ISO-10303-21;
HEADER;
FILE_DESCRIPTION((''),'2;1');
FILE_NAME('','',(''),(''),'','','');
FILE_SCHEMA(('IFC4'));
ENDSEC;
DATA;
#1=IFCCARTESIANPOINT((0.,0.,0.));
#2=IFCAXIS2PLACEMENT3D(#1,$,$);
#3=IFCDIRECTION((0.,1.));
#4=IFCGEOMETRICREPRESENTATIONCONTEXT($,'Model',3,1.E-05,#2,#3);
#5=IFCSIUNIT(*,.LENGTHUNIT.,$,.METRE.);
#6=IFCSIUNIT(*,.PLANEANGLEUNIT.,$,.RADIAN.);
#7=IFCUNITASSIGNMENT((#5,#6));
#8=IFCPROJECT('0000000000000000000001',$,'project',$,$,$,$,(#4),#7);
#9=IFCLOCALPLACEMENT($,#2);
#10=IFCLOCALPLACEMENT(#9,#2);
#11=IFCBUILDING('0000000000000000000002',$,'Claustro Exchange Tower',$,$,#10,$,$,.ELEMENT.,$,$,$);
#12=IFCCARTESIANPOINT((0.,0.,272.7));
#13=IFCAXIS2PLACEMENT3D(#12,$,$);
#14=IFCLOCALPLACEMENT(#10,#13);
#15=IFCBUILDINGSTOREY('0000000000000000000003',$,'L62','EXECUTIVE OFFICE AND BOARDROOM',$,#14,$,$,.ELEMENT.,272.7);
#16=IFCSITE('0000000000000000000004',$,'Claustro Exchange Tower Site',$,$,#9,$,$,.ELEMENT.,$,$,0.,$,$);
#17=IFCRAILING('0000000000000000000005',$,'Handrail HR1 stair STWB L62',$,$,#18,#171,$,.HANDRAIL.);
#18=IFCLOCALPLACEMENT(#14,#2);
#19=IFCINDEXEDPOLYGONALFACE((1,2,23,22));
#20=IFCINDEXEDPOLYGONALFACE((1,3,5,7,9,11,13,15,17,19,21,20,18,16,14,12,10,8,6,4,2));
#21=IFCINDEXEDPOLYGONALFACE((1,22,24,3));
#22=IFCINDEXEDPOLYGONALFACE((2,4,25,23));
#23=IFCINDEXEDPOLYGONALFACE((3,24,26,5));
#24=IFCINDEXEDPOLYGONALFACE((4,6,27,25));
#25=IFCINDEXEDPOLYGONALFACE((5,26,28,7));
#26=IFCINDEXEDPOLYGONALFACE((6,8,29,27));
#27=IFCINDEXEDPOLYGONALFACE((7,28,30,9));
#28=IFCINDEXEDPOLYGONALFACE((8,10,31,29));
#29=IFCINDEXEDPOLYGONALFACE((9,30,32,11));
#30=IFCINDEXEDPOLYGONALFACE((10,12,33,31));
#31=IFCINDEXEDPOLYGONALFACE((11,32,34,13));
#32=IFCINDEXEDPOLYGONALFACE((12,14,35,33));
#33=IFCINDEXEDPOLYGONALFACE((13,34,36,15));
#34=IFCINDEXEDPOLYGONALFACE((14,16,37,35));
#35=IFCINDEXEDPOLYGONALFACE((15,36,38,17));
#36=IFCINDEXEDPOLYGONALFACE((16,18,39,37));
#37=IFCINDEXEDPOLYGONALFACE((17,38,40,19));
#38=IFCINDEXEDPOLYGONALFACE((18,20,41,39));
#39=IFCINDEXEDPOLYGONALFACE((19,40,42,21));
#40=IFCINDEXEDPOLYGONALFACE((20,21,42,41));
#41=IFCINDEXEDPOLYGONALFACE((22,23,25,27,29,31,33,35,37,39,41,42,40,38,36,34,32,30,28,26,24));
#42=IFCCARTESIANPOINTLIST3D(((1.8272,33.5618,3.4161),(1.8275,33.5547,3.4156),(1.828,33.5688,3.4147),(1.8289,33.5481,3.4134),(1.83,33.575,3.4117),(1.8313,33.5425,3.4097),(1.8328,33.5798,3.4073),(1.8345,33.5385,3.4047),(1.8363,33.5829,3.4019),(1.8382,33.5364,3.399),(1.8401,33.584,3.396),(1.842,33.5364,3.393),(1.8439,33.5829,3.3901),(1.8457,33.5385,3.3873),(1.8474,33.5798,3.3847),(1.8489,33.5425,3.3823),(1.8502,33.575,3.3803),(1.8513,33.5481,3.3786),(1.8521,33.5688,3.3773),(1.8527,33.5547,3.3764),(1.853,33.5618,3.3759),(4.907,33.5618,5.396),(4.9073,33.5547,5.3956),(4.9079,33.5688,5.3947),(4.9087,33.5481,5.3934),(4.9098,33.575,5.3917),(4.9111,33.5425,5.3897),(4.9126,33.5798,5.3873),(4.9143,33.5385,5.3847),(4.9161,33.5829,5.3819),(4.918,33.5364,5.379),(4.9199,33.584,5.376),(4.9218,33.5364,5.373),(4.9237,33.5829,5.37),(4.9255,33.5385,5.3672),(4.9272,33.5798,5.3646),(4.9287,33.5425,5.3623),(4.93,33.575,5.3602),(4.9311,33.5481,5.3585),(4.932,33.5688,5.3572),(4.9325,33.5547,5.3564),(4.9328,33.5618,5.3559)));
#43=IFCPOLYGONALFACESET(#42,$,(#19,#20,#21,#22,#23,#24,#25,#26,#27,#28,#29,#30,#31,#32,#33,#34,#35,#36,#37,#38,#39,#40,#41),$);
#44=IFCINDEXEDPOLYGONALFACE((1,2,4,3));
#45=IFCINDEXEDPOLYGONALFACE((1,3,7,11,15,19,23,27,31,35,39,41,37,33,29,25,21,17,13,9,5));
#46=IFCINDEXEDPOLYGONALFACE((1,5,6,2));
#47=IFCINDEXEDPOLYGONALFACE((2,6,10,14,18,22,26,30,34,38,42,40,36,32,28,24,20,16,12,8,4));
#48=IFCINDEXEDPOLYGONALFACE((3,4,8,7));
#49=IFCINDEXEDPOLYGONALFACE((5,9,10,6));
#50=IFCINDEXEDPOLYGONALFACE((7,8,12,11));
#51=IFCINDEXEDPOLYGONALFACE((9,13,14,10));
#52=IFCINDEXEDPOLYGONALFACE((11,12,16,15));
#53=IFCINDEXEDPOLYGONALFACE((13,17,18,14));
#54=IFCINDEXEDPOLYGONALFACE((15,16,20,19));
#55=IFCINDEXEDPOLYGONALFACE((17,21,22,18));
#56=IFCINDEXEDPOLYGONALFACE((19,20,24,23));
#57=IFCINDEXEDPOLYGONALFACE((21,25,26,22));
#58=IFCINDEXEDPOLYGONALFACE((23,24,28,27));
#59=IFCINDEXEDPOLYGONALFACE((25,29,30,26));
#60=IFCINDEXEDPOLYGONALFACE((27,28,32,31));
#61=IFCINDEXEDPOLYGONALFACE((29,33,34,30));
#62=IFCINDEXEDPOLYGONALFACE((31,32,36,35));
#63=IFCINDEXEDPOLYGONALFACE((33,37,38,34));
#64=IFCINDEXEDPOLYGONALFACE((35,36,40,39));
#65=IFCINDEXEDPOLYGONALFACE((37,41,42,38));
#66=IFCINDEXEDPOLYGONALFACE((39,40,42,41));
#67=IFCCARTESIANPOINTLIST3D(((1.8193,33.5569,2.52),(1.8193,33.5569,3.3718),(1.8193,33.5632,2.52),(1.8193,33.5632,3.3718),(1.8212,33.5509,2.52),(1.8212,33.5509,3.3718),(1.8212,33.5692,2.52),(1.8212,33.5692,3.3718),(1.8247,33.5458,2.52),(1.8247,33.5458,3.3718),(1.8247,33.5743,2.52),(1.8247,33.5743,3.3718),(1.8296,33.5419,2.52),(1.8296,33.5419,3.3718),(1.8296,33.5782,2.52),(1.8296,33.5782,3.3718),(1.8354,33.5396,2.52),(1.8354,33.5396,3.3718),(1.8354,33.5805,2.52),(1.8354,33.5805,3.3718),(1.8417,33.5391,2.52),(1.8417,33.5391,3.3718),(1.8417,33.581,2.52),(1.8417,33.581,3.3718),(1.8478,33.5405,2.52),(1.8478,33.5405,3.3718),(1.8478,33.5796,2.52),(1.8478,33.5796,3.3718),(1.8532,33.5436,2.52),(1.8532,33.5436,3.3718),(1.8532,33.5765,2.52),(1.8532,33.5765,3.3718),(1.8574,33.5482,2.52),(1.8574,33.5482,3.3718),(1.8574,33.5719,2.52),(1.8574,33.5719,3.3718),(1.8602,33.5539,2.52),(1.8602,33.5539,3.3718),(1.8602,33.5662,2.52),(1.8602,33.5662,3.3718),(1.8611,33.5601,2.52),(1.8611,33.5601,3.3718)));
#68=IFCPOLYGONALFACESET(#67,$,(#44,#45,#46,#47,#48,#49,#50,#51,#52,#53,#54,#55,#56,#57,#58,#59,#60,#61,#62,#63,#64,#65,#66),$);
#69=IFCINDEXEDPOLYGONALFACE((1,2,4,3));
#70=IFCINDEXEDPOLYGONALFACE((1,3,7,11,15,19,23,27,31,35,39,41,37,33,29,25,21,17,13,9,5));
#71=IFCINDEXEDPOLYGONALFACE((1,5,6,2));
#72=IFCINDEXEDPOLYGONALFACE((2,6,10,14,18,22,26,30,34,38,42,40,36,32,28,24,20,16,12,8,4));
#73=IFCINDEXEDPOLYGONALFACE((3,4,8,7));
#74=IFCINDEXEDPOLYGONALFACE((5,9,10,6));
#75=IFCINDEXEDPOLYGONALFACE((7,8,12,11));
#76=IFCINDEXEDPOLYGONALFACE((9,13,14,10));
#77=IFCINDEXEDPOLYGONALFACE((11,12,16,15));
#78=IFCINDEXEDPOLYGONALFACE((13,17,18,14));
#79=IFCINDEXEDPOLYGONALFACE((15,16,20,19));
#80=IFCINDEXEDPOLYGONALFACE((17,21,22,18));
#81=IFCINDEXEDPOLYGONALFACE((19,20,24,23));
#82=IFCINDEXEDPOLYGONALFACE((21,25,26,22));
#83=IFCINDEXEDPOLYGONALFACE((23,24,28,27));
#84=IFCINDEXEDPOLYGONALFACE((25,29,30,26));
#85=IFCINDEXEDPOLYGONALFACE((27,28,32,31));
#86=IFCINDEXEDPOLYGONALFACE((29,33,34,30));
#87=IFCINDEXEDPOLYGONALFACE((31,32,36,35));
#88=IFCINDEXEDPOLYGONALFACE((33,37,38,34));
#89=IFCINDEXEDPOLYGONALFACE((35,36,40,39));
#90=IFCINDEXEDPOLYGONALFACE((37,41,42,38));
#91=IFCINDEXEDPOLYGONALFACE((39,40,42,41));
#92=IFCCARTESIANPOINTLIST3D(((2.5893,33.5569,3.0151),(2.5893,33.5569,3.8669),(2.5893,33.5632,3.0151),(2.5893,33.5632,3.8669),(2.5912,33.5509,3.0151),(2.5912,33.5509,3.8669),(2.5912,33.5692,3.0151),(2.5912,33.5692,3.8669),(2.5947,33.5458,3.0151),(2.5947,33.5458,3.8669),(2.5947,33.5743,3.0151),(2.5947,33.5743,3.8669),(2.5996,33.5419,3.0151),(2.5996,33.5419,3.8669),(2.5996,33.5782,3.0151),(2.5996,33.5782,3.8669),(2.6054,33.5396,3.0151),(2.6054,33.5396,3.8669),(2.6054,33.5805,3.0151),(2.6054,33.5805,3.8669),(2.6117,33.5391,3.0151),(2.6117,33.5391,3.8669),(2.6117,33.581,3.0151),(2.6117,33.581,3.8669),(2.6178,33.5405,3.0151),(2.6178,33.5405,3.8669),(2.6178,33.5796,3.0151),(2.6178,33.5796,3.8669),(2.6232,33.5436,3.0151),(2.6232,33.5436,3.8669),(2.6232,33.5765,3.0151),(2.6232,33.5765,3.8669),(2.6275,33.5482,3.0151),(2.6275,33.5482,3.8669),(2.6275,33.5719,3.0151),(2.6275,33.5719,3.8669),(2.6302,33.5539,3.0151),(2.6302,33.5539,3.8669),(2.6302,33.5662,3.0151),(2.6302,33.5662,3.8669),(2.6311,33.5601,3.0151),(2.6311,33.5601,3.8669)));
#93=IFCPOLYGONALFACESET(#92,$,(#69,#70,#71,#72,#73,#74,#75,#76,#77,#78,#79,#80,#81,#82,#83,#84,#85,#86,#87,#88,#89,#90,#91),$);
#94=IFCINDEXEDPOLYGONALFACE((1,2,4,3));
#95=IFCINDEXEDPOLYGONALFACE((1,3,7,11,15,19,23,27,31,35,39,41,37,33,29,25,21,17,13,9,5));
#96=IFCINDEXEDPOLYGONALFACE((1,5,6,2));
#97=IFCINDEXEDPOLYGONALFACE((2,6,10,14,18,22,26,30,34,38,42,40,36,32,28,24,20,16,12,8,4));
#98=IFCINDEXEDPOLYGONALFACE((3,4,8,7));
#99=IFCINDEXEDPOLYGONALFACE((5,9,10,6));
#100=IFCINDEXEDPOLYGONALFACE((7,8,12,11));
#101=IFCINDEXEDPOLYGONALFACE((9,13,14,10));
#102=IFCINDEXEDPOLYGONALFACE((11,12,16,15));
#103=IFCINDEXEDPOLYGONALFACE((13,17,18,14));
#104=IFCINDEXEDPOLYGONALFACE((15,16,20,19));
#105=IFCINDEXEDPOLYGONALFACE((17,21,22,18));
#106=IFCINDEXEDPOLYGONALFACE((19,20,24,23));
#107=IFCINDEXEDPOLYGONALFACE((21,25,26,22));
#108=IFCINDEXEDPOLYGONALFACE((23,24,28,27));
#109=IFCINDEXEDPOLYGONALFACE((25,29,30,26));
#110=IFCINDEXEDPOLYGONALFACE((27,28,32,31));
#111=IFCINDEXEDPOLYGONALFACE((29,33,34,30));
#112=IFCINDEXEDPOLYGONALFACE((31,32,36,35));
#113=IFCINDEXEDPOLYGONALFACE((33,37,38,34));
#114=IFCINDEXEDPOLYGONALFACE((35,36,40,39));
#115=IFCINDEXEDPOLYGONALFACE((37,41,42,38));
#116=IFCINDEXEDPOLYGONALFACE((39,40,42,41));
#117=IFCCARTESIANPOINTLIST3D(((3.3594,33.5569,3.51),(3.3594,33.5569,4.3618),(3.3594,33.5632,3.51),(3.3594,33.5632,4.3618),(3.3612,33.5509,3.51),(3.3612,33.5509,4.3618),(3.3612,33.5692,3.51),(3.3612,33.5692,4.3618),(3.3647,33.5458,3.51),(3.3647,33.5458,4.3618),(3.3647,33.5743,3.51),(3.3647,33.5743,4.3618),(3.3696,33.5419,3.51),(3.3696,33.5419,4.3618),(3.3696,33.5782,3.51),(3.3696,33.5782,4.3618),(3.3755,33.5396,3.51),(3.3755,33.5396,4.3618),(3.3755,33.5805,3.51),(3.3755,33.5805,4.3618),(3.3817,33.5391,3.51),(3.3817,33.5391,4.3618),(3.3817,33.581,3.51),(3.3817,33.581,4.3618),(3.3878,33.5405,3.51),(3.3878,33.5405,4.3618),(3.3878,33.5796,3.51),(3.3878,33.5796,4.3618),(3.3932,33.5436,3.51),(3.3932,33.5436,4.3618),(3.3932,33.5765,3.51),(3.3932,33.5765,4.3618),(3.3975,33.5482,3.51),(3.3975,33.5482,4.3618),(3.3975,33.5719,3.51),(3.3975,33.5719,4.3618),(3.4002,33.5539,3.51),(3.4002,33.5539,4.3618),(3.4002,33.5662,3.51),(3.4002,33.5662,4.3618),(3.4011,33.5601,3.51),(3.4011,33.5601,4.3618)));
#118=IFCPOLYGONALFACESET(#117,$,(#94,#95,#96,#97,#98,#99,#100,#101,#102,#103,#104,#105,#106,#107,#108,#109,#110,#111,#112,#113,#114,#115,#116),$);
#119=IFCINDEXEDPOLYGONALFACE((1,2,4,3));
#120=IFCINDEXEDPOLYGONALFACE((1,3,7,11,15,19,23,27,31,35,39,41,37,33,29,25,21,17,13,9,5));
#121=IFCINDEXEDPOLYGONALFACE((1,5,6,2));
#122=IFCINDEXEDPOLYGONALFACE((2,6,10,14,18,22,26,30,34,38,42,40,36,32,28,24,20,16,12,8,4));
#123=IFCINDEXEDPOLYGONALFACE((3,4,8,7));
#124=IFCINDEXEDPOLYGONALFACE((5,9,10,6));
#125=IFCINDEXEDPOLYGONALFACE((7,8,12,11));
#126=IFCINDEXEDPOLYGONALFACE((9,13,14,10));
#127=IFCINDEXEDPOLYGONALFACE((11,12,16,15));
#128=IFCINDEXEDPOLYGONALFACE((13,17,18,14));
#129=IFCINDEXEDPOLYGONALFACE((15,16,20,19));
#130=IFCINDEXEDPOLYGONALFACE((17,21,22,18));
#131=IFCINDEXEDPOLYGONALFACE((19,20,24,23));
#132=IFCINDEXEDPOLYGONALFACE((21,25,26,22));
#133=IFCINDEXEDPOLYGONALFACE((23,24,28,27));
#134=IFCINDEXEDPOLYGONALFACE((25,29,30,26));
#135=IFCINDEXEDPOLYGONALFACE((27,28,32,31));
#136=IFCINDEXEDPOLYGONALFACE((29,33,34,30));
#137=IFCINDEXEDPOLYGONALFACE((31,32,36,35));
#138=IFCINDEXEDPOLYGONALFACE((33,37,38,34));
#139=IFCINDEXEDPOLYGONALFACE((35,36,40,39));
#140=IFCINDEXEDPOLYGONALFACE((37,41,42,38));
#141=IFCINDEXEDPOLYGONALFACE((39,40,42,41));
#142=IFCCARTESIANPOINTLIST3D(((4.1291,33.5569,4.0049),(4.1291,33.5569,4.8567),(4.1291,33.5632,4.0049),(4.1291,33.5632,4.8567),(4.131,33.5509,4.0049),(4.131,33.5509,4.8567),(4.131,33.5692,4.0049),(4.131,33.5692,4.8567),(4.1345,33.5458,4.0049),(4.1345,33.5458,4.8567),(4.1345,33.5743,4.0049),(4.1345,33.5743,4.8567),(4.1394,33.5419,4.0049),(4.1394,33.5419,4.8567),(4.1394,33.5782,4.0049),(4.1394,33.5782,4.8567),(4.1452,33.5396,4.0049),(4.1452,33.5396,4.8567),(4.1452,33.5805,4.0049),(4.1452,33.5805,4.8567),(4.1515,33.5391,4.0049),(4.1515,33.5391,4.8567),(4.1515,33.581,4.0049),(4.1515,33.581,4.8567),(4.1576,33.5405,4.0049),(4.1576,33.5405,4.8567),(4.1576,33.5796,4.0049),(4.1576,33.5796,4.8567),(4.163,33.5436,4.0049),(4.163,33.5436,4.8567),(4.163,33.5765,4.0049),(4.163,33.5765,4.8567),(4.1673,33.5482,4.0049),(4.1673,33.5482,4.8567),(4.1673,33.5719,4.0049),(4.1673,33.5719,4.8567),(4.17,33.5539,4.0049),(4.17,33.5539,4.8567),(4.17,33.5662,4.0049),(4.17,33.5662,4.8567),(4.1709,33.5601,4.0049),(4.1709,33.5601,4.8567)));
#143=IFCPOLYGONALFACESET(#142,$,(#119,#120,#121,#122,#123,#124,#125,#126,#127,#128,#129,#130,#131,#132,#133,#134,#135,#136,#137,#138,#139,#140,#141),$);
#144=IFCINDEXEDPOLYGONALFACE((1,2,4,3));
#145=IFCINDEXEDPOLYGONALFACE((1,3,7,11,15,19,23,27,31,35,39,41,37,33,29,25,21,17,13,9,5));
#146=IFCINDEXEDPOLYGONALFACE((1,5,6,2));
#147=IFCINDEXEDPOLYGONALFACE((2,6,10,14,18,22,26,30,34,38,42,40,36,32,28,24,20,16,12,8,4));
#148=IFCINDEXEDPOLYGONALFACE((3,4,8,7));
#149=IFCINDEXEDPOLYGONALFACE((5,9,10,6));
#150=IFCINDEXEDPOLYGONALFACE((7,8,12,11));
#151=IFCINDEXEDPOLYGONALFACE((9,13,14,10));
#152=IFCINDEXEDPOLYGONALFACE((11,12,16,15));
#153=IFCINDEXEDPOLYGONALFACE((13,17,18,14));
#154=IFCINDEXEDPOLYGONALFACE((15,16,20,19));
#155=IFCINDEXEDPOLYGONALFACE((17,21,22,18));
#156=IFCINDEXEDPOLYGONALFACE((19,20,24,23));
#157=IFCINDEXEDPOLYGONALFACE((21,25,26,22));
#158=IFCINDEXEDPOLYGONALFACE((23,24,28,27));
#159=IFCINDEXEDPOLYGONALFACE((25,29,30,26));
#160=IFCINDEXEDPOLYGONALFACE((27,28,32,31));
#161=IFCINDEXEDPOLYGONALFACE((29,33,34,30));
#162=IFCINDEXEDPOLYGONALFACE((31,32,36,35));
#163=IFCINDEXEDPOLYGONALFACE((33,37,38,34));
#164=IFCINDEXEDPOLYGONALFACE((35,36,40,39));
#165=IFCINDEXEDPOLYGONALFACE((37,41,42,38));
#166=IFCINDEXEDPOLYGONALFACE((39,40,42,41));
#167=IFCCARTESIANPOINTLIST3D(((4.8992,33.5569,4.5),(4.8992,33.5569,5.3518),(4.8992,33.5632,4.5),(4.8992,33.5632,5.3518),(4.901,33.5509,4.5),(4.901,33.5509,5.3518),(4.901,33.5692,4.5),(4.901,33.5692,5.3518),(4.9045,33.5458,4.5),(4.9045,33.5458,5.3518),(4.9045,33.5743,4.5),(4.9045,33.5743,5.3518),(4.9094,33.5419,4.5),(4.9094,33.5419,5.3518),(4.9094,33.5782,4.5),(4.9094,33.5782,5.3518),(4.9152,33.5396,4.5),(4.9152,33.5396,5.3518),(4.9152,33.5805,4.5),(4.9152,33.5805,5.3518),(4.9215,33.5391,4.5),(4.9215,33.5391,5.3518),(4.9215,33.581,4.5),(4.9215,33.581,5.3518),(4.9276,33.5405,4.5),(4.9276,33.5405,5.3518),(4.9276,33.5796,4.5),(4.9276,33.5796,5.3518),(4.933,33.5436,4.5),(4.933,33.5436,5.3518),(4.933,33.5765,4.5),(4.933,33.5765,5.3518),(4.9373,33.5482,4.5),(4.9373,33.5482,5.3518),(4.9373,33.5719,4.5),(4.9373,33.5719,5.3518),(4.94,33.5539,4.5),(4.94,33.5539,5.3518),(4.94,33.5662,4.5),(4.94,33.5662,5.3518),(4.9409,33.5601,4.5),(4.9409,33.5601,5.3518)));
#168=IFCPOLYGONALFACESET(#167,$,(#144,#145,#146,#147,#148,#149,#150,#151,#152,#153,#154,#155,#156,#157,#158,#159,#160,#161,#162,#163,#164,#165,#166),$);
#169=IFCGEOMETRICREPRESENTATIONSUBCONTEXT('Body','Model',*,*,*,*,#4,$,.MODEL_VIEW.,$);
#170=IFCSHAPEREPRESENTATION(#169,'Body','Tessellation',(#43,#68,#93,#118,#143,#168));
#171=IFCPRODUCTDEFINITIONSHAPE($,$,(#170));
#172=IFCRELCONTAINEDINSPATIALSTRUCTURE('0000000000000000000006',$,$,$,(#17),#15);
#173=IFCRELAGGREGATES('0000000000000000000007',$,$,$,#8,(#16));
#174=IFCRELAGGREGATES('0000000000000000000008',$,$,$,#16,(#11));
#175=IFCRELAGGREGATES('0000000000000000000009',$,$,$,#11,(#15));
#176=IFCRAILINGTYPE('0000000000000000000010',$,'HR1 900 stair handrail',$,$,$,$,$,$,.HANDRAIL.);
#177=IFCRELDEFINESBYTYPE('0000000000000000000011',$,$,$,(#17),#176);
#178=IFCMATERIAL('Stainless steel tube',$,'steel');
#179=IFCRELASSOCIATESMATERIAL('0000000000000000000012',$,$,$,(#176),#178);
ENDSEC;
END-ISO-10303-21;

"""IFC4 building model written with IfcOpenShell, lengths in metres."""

from ifc_helpers import new_model, si_unit, direction, frame, origin, origin_2d, place, context, subcontext, project, spatial, circle, extrude, material, type_object, element, save


model = new_model("IFC4")

# Units and contexts
model_context = context("Model", 3, precision=1e-05, world=origin(), true_north=direction((0.0, 1.0)))
body_context = subcontext(model_context, "Body", "Model", "MODEL_VIEW")
ifc_project = project(units=[si_unit("LENGTHUNIT", "METRE"), si_unit("PLANEANGLEUNIT", "RADIAN")], contexts=[model_context])

# Site, building, storey
site_placement = place(None, origin())
site = spatial("IfcSite", under=ifc_project, at=site_placement, Name="Claustro Exchange Tower Site", CompositionType="ELEMENT", RefElevation=0.0)
building_placement = place(site_placement, origin())
building = spatial("IfcBuilding", under=site, at=building_placement, Name="Claustro Exchange Tower", CompositionType="ELEMENT")
storey_placement = place(building_placement, frame((0.0, 0.0, 272.7)))
storey = spatial("IfcBuildingStorey", under=building, at=storey_placement, Name="L62", Description="EXECUTIVE OFFICE AND BOARDROOM", CompositionType="ELEMENT", Elevation=272.7)

# Railing
ifc_material_1 = material(Name="Stainless steel tube", Category="steel")
railing_type_1 = type_object("IfcRailingType", Name="HR1 900 stair handrail", PredefinedType="HANDRAIL", material=ifc_material_1)
railing_1_placement = place(storey_placement, frame((1.8401, 33.5601, 2.52)))
element("IfcRailing", 1, at=railing_1_placement, inside=storey, type_object=railing_type_1, Name="Handrail HR1 stair STWB L62", PredefinedType="HANDRAIL", context=body_context, shape_type="SweptSolid", body=[
    extrude(circle(Radius=0.0239, at=origin_2d()), frame((0.0, 0.0, 0.876), z_axis=(0.841168, 0.0, 0.540774), x_axis=(0.0, 1.0, 0.0)), (0.0, 0.0, 1.0), 3.6614),
    extrude(circle(Radius=0.021, at=origin_2d()), origin(), (0.0, 0.0, 1.0), 0.8518),
    extrude(circle(Radius=0.021, at=origin_2d()), frame((0.77, 0.0, 0.4951)), (0.0, 0.0, 1.0), 0.8518),
    extrude(circle(Radius=0.021, at=origin_2d()), frame((1.54, 0.0, 0.99)), (0.0, 0.0, 1.0), 0.8518),
    extrude(circle(Radius=0.021, at=origin_2d()), frame((2.3098, 0.0, 1.4849)), (0.0, 0.0, 1.0), 0.8518),
    extrude(circle(Radius=0.021, at=origin_2d()), frame((3.0798, 0.0, 1.98)), (0.0, 0.0, 1.0), 0.8518),
])

save(model, "model.ifc")
